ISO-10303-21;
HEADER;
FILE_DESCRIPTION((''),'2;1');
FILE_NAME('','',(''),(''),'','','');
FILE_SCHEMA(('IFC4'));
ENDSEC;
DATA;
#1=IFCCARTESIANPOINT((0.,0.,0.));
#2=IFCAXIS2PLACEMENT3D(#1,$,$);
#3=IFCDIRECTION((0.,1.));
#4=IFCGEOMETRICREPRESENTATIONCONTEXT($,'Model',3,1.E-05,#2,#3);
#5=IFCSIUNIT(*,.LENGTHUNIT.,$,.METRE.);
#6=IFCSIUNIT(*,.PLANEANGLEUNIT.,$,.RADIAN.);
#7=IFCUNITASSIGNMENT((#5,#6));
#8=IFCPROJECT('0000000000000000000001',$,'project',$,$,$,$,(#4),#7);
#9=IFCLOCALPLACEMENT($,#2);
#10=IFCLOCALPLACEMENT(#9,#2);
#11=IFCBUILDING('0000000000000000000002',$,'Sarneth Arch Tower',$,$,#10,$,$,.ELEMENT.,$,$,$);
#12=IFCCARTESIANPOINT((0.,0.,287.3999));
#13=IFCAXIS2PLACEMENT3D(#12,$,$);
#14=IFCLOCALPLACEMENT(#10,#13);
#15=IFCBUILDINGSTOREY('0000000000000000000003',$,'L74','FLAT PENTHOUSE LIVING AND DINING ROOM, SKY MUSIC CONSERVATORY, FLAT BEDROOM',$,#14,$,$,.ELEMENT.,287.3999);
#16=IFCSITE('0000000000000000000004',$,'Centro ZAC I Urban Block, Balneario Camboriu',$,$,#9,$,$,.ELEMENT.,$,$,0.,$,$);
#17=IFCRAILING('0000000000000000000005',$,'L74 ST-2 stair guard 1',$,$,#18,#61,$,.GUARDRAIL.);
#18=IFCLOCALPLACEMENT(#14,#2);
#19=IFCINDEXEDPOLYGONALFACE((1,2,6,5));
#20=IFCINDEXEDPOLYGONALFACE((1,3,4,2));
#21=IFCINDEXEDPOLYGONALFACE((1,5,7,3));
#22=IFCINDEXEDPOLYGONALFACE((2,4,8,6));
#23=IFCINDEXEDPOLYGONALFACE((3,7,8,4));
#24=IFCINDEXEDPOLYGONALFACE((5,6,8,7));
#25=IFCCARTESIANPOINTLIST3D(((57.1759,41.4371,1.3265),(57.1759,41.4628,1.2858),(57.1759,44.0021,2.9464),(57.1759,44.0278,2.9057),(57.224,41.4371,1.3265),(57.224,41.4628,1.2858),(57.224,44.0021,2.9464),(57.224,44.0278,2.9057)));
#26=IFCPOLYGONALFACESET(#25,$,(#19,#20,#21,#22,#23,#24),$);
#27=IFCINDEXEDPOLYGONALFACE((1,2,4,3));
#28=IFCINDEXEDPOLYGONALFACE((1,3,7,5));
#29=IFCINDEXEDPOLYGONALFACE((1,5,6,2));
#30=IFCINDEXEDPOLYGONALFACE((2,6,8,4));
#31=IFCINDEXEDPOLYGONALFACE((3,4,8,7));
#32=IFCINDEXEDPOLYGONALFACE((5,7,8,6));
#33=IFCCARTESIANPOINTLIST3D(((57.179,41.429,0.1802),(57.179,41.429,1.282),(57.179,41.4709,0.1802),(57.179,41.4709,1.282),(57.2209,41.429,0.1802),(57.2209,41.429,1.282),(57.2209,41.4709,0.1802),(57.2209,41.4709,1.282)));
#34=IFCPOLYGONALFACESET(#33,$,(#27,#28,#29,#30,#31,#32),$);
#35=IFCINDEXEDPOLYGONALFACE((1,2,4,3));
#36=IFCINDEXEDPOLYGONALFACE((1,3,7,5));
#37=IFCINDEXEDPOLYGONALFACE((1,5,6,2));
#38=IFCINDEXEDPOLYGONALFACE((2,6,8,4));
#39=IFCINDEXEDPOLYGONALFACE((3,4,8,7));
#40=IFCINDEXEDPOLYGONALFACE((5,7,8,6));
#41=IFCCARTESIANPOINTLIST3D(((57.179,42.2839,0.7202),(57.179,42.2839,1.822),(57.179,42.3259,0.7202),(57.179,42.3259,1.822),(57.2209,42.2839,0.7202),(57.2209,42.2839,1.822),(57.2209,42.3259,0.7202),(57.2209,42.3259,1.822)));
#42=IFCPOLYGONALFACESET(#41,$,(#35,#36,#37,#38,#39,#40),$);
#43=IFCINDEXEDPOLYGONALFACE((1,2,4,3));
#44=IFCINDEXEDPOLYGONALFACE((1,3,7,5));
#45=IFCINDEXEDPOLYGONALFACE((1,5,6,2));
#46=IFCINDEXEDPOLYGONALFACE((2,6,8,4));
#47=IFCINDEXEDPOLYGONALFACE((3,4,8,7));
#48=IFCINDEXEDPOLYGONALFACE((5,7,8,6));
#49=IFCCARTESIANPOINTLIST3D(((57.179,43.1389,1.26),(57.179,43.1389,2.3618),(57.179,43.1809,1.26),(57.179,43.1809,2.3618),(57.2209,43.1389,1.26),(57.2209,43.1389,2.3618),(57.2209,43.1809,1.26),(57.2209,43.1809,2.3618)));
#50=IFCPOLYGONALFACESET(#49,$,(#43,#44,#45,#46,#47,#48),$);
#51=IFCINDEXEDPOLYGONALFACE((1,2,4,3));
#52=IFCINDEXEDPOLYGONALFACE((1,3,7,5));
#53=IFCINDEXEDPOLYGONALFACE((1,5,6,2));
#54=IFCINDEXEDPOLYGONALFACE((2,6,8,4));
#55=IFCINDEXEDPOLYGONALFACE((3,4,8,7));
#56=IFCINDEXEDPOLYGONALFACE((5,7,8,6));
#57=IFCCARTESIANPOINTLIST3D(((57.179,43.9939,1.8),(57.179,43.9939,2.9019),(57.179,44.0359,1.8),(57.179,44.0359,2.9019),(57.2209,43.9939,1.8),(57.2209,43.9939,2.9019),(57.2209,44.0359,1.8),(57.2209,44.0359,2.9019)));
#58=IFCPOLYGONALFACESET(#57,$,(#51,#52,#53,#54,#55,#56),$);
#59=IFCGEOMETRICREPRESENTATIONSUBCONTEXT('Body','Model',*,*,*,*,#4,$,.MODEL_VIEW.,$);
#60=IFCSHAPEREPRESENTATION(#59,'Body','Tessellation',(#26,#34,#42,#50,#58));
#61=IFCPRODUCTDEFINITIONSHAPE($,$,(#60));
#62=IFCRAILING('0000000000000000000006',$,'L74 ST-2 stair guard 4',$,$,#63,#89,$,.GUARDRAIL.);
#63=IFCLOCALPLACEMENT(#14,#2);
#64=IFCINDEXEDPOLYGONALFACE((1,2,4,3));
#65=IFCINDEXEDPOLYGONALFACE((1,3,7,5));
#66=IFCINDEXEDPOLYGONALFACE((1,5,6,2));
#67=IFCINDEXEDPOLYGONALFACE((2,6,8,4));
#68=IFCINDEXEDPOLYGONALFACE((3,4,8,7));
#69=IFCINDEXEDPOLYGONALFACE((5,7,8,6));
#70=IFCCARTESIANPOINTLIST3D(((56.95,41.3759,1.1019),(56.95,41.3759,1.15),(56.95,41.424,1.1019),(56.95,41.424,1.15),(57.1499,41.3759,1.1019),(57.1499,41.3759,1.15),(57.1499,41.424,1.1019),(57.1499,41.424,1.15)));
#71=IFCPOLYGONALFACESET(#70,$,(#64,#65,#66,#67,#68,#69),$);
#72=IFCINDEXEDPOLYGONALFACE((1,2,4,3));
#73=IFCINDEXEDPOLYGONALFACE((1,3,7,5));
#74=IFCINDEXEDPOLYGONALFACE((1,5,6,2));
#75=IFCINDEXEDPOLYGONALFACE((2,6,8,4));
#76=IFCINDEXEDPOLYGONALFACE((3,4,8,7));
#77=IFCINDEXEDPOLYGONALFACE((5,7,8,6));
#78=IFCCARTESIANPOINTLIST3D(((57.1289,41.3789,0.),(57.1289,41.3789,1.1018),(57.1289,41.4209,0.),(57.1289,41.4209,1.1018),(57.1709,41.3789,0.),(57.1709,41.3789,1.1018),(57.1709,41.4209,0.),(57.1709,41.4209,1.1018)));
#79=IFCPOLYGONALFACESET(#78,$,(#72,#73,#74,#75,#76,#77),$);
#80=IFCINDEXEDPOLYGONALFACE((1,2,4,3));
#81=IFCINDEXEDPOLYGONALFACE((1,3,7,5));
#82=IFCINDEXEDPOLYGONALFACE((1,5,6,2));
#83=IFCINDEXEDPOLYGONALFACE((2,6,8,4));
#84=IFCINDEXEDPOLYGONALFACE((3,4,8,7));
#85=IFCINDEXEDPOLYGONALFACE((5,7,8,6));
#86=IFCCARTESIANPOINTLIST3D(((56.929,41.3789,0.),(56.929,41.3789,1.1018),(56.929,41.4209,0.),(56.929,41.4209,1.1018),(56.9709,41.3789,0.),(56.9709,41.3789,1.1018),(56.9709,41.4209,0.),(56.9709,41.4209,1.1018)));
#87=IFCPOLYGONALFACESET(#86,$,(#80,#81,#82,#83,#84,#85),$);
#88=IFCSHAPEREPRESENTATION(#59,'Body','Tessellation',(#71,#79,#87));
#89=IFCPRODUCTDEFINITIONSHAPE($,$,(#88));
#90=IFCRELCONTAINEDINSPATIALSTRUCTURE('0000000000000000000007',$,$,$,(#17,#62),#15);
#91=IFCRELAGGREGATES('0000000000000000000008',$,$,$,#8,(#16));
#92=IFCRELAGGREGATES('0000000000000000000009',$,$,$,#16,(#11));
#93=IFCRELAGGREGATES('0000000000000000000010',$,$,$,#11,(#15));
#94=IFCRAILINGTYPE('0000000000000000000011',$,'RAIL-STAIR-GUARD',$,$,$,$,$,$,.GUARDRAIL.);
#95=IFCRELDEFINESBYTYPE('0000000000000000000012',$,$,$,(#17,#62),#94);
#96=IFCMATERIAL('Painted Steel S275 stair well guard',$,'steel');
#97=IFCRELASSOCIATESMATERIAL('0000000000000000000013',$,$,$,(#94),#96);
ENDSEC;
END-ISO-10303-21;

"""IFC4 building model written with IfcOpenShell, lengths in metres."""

from ifc_helpers import new_model, si_unit, direction, frame, origin, origin_2d, place, context, subcontext, project, spatial, rectangle, extrude, material, type_object, element, save


model = new_model("IFC4")

# Units and contexts
model_context = context("Model", 3, precision=1e-05, world=origin(), true_north=direction((0.0, 1.0)))
body_context = subcontext(model_context, "Body", "Model", "MODEL_VIEW")
ifc_project = project(units=[si_unit("LENGTHUNIT", "METRE"), si_unit("PLANEANGLEUNIT", "RADIAN")], contexts=[model_context])

# Site, building, storey
site_placement = place(None, origin())
site = spatial("IfcSite", under=ifc_project, at=site_placement, Name="Centro ZAC I Urban Block, Balneario Camboriu", CompositionType="ELEMENT", RefElevation=0.0)
building_placement = place(site_placement, origin())
building = spatial("IfcBuilding", under=site, at=building_placement, Name="Sarneth Arch Tower", CompositionType="ELEMENT")
storey_placement = place(building_placement, frame((0.0, 0.0, 287.3999)))
storey = spatial("IfcBuildingStorey", under=building, at=storey_placement, Name="L74", Description="FLAT PENTHOUSE LIVING AND DINING ROOM, SKY MUSIC CONSERVATORY, FLAT BEDROOM", CompositionType="ELEMENT", Elevation=287.3999)

# Railings
ifc_material_1 = material(Name="Painted Steel S275 stair well guard", Category="steel")
railing_type_1 = type_object("IfcRailingType", Name="RAIL-STAIR-GUARD", PredefinedType="GUARDRAIL", material=ifc_material_1)
railing_1_placement = place(storey_placement, frame((57.2, 41.45, 0.1802)))
element("IfcRailing", 1, at=railing_1_placement, inside=storey, type_object=railing_type_1, Name="L74 ST-2 stair guard 1", PredefinedType="GUARDRAIL", context=body_context, shape_type="SweptSolid", body=[
    extrude(rectangle(XDim=0.0481, YDim=0.0481, at=origin_2d()), frame((0.0, 0.0, 1.126), z_axis=(0.0, 0.845502, 0.533972), x_axis=(-1.0, 0.0, 0.0)), (0.0, 0.0, 1.0), 3.0337),
    extrude(rectangle(XDim=0.042, YDim=0.042, at=origin_2d()), origin(), (0.0, 0.0, 1.0), 1.1018),
    extrude(rectangle(XDim=0.042, YDim=0.042, at=origin_2d()), frame((0.0, 0.855, 0.54)), (0.0, 0.0, 1.0), 1.1018),
    extrude(rectangle(XDim=0.042, YDim=0.042, at=origin_2d()), frame((0.0, 1.71, 1.0798)), (0.0, 0.0, 1.0), 1.1018),
    extrude(rectangle(XDim=0.042, YDim=0.042, at=origin_2d()), frame((0.0, 2.5649, 1.6199)), (0.0, 0.0, 1.0), 1.1018),
])
railing_2_placement = place(storey_placement, frame((57.1499, 41.3999, 0.0)))
element("IfcRailing", 2, at=railing_2_placement, inside=storey, type_object=railing_type_1, Name="L74 ST-2 stair guard 4", PredefinedType="GUARDRAIL", context=body_context, shape_type="SweptSolid", body=[
    extrude(rectangle(XDim=0.0481, YDim=0.0481, at=origin_2d()), frame((0.0, 0.0, 1.126), z_axis=(-1.0, 0.0, 0.0), x_axis=(0.0, -1.0, 0.0)), (0.0, 0.0, 1.0), 0.2),
    extrude(rectangle(XDim=0.042, YDim=0.042, at=origin_2d()), origin(), (0.0, 0.0, 1.0), 1.1018),
    extrude(rectangle(XDim=0.042, YDim=0.042, at=origin_2d()), frame((-0.2, 0.0, 0.0)), (0.0, 0.0, 1.0), 1.1018),
])

save(model, "model.ifc")
